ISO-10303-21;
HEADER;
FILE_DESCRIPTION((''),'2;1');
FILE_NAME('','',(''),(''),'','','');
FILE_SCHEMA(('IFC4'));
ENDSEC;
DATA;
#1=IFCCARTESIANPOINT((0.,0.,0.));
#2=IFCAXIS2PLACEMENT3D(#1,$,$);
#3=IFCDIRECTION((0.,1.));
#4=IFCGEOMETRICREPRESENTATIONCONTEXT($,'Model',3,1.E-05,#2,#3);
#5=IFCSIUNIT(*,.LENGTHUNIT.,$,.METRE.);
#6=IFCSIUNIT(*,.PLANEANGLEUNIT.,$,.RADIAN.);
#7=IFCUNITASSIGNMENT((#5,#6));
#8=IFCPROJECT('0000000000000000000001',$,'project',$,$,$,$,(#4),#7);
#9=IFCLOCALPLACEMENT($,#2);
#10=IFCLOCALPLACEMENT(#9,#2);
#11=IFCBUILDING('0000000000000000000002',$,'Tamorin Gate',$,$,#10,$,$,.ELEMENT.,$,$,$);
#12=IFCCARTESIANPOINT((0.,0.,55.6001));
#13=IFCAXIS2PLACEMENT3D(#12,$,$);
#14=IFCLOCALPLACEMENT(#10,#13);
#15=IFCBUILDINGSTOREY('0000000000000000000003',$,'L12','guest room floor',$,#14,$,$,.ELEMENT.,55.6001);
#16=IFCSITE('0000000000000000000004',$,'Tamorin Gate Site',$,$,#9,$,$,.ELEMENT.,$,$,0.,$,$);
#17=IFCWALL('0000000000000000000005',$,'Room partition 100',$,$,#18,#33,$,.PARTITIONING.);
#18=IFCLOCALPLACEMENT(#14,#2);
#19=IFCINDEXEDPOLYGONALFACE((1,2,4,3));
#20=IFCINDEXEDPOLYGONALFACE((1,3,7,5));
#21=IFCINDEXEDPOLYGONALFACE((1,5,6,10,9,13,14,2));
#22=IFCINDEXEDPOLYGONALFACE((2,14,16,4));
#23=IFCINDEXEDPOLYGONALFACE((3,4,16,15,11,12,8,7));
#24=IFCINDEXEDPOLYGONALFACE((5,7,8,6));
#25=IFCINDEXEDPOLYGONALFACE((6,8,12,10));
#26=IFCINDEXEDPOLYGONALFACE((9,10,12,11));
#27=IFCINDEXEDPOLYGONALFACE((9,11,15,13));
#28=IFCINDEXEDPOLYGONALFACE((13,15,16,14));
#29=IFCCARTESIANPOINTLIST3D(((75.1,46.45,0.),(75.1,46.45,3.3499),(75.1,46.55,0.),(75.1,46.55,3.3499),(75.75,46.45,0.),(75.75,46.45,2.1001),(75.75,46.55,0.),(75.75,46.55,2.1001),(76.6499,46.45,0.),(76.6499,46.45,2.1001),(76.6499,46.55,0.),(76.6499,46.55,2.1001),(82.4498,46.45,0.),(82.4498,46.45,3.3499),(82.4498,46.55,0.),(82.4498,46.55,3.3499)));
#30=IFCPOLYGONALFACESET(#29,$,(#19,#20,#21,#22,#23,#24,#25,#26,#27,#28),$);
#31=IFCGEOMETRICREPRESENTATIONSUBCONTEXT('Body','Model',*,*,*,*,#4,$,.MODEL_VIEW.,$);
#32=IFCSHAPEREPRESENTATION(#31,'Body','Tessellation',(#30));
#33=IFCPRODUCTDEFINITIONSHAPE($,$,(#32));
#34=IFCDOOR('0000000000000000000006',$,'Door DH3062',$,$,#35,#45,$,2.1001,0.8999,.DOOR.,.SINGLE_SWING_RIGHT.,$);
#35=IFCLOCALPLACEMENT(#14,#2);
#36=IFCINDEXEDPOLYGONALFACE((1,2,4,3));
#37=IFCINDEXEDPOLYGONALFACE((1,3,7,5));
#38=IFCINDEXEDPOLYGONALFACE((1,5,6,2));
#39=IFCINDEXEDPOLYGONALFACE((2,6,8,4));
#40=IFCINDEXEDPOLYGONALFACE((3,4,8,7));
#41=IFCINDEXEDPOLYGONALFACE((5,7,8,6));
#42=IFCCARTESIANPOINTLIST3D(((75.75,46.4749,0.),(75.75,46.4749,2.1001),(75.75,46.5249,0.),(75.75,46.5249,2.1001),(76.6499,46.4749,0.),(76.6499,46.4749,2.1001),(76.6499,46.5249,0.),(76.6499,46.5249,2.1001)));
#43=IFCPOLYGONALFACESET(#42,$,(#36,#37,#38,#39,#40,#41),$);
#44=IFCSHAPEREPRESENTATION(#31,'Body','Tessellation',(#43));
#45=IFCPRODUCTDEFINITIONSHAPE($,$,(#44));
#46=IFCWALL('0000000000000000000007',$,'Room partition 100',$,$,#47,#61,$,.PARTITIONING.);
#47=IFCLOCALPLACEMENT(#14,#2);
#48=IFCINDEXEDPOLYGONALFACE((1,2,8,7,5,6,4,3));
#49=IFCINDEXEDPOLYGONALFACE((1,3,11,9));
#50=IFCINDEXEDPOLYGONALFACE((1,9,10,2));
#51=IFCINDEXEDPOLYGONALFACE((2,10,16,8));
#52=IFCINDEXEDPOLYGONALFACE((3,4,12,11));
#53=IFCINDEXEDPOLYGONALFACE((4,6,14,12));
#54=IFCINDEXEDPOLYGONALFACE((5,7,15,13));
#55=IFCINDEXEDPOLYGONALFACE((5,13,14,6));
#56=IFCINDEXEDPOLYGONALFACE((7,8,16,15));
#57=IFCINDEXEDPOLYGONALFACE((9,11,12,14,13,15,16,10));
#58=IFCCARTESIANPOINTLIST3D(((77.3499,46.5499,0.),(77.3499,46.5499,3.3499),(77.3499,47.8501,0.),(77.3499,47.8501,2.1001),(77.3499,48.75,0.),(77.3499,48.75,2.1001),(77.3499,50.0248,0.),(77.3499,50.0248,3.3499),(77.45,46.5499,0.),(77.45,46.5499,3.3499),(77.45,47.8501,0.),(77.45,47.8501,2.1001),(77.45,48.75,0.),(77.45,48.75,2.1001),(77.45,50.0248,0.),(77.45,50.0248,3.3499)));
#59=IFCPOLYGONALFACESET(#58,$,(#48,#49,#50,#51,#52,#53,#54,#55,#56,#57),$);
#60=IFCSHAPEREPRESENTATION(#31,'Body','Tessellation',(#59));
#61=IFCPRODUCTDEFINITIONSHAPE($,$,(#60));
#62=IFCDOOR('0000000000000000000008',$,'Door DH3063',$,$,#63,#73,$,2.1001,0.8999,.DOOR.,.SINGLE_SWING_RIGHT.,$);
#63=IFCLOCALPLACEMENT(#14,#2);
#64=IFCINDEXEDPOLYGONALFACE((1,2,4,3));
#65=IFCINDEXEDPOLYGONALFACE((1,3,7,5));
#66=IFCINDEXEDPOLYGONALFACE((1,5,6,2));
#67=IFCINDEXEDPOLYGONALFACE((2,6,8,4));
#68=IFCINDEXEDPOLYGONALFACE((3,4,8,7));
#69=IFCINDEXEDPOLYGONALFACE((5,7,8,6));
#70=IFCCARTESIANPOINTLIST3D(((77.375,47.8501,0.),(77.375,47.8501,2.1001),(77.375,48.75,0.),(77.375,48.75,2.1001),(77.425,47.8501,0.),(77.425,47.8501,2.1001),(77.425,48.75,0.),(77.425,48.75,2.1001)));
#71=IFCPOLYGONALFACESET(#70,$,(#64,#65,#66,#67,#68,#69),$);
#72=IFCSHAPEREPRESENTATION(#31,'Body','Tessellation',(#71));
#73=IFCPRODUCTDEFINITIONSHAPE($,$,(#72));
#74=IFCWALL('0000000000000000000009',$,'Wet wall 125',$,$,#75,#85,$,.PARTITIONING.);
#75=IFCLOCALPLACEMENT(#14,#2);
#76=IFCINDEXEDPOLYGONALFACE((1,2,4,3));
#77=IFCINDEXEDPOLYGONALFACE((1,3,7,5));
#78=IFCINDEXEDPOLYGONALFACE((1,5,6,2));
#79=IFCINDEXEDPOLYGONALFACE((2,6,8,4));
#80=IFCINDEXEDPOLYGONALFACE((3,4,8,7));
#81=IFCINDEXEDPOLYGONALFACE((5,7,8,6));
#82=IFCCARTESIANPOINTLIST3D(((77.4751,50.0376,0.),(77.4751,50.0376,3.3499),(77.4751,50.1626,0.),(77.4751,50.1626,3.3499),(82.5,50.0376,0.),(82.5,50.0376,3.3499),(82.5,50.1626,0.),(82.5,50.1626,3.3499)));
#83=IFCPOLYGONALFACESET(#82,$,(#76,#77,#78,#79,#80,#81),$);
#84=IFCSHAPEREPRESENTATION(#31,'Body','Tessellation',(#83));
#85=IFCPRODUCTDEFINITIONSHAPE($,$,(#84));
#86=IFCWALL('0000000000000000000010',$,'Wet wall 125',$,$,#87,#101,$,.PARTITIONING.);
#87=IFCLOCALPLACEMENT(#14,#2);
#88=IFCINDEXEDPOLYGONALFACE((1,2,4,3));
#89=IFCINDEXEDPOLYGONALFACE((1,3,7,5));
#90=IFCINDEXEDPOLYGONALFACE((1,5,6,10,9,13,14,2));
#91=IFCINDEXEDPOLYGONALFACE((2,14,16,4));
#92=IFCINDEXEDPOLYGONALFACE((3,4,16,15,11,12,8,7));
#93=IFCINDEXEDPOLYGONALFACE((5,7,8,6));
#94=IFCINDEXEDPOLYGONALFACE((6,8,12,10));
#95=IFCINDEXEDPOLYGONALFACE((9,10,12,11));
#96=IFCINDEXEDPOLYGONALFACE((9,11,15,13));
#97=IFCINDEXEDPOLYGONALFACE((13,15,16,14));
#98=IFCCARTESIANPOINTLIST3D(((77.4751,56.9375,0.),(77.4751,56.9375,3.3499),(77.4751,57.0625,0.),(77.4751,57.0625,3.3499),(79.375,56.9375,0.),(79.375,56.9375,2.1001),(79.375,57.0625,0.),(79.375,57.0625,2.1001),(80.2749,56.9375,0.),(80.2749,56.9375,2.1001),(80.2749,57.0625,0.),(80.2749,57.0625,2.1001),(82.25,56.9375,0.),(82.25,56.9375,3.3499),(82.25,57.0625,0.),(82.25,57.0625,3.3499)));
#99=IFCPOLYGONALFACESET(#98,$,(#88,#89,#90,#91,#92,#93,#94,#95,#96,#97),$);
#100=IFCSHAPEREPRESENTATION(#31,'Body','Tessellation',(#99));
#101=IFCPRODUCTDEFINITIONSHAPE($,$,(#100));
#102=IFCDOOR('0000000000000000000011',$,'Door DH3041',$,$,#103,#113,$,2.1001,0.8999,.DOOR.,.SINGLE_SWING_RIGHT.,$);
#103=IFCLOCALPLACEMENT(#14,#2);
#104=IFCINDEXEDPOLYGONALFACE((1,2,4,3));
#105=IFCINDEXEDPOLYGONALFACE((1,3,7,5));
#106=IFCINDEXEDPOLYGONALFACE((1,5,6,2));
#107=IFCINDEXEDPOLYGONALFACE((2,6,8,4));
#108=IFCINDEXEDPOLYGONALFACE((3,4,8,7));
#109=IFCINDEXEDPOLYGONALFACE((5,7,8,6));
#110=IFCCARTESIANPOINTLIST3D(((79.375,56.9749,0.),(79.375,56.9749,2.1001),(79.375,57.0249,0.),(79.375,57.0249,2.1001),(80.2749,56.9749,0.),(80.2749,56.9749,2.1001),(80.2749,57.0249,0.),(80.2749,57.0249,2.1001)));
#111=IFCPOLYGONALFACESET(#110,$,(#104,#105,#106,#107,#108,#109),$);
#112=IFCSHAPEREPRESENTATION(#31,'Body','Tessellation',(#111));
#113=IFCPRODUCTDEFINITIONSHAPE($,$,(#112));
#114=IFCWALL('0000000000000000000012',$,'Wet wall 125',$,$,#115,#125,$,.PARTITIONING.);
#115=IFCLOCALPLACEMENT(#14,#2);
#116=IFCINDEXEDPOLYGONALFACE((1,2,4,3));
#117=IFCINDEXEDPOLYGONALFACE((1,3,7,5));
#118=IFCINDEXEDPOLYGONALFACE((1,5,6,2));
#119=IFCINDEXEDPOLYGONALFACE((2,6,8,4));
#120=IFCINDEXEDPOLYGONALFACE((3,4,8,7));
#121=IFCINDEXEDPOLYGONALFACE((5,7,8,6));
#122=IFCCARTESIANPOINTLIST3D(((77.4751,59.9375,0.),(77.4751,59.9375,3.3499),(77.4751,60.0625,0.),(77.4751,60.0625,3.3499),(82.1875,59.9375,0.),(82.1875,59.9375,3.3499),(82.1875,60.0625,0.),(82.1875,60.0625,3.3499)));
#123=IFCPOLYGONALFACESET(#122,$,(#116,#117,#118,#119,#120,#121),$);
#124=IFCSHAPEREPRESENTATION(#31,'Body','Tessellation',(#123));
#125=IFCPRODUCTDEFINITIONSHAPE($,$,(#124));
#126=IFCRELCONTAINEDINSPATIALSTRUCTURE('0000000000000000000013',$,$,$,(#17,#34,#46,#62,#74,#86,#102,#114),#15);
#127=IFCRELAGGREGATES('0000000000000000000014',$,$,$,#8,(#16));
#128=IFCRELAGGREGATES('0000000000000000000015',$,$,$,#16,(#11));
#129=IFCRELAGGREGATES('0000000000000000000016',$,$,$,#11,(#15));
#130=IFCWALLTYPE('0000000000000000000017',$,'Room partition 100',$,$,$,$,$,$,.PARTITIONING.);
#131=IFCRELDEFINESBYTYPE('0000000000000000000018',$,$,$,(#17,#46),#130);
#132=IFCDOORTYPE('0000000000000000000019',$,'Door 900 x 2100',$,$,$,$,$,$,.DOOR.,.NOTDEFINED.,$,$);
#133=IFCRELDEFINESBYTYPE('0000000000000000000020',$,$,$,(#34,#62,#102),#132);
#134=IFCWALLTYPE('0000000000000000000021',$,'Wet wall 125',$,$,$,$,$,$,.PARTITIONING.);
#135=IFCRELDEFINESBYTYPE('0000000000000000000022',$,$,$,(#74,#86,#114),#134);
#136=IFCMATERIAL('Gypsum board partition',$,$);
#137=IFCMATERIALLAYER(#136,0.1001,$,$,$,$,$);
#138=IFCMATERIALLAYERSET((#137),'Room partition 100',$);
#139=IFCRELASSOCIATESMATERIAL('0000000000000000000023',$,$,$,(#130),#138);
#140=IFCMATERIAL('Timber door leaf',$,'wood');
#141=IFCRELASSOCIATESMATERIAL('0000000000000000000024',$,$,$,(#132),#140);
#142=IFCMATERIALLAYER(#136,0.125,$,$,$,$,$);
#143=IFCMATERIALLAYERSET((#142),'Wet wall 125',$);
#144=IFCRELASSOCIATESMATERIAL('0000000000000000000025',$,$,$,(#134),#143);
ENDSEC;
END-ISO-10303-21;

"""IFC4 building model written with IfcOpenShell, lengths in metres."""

from ifc_helpers import new_model, si_unit, direction, frame, frame_2d, origin, place, context, subcontext, project, spatial, rectangle, extrude, material, layer, layer_set, type_object, element, fill, save


model = new_model("IFC4")

# Units and contexts
model_context = context("Model", 3, precision=1e-05, world=origin(), true_north=direction((0.0, 1.0)))
body_context = subcontext(model_context, "Body", "Model", "MODEL_VIEW")
ifc_project = project(units=[si_unit("LENGTHUNIT", "METRE"), si_unit("PLANEANGLEUNIT", "RADIAN")], contexts=[model_context])

# Site, building, storey
site_placement = place(None, origin())
site = spatial("IfcSite", under=ifc_project, at=site_placement, Name="Tamorin Gate Site", CompositionType="ELEMENT", RefElevation=0.0)
building_placement = place(site_placement, origin())
building = spatial("IfcBuilding", under=site, at=building_placement, Name="Tamorin Gate", CompositionType="ELEMENT")
storey_placement = place(building_placement, frame((0.0, 0.0, 55.6001)))
storey = spatial("IfcBuildingStorey", under=building, at=storey_placement, Name="L12", Description="guest room floor", CompositionType="ELEMENT", Elevation=55.6001)

# Shared definitions
ifc_material_1 = material(Name="Gypsum board partition")
ifc_material_2 = material(Name="Timber door leaf", Category="wood")

# Walls, openings, doors
ifc_layer_1 = layer(ifc_material_1, 0.1001)
ifc_layer_set_1 = layer_set([ifc_layer_1], Name="Room partition 100")
wall_type_1 = type_object("IfcWallType", Name="Room partition 100", PredefinedType="PARTITIONING", material=ifc_layer_set_1)
wall_1_placement = place(storey_placement, frame((75.1001, 46.5, 0.0), z_axis=(0.0, 0.0, 1.0), x_axis=(1.0, 0.0, 0.0)))
wall_1 = element("IfcWall", 1, at=wall_1_placement, inside=storey, type_object=wall_type_1, Name="Room partition 100", PredefinedType="PARTITIONING", context=body_context, shape_type="SweptSolid", body=[
    extrude(rectangle(XDim=7.3499, YDim=0.1001, at=frame_2d((3.6748, 0.0))), origin(), (0.0, 0.0, 1.0), 3.3499),
])
opening_1_placement = place(wall_1_placement, frame((0.6499, 0.0, 0.0)))
opening_1 = element("IfcOpeningElement", 2, at=opening_1_placement, cuts=wall_1, PredefinedType="OPENING", context=body_context, shape_type="SweptSolid", body=[
    extrude(rectangle(XDim=0.8999, YDim=2.1001, at=frame_2d((0.45, 1.05))), frame((0.0, 0.0601, 0.0), z_axis=(0.0, -1.0, 0.0), x_axis=(1.0, 0.0, 0.0)), (0.0, 0.0, 1.0), 0.1201),
])
door_type_1 = type_object("IfcDoorType", Name="Door 900 x 2100", OperationType="NOTDEFINED", PredefinedType="DOOR", material=ifc_material_2)
door_1_placement = place(opening_1_placement, origin())
door_1 = element("IfcDoor", 3, at=door_1_placement, inside=storey, type_object=door_type_1, Name="Door DH3062", OperationType="SINGLE_SWING_RIGHT", OverallHeight=2.1001, OverallWidth=0.8999, PredefinedType="DOOR", context=body_context, shape_type="SweptSolid", body=[
    extrude(rectangle(XDim=0.8999, YDim=2.1001, at=frame_2d((0.45, 1.05))), frame((0.0, 0.0249, 0.0), z_axis=(0.0, -1.0, 0.0), x_axis=(1.0, 0.0, 0.0)), (0.0, 0.0, 1.0), 0.05),
])
fill(opening_1, door_1)
wall_2_placement = place(storey_placement, frame((77.3999, 46.55, 0.0), z_axis=(0.0, 0.0, 1.0), x_axis=(0.0, 1.0, 0.0)))
wall_2 = element("IfcWall", 4, at=wall_2_placement, inside=storey, type_object=wall_type_1, Name="Room partition 100", PredefinedType="PARTITIONING", context=body_context, shape_type="SweptSolid", body=[
    extrude(rectangle(XDim=3.4749, YDim=0.1001, at=frame_2d((1.7373, 0.0))), origin(), (0.0, 0.0, 1.0), 3.3499),
])
opening_2_placement = place(wall_2_placement, frame((1.3, 0.0, 0.0)))
opening_2 = element("IfcOpeningElement", 5, at=opening_2_placement, cuts=wall_2, PredefinedType="OPENING", context=body_context, shape_type="SweptSolid", body=[
    extrude(rectangle(XDim=0.8999, YDim=2.1001, at=frame_2d((0.45, 1.05))), frame((0.0, 0.0601, 0.0), z_axis=(0.0, -1.0, 0.0), x_axis=(1.0, 0.0, 0.0)), (0.0, 0.0, 1.0), 0.1201),
])
door_2_placement = place(opening_2_placement, origin())
door_2 = element("IfcDoor", 6, at=door_2_placement, inside=storey, type_object=door_type_1, Name="Door DH3063", OperationType="SINGLE_SWING_RIGHT", OverallHeight=2.1001, OverallWidth=0.8999, PredefinedType="DOOR", context=body_context, shape_type="SweptSolid", body=[
    extrude(rectangle(XDim=0.8999, YDim=2.1001, at=frame_2d((0.45, 1.05))), frame((0.0, 0.0249, 0.0), z_axis=(0.0, -1.0, 0.0), x_axis=(1.0, 0.0, 0.0)), (0.0, 0.0, 1.0), 0.05),
])
fill(opening_2, door_2)

# Wall
ifc_layer_2 = layer(ifc_material_1, 0.125)
ifc_layer_set_2 = layer_set([ifc_layer_2], Name="Wet wall 125")
wall_type_2 = type_object("IfcWallType", Name="Wet wall 125", PredefinedType="PARTITIONING", material=ifc_layer_set_2)
wall_3_placement = place(storey_placement, frame((77.4751, 50.1001, 0.0), z_axis=(0.0, 0.0, 1.0), x_axis=(1.0, 0.0, 0.0)))
element("IfcWall", 7, at=wall_3_placement, inside=storey, type_object=wall_type_2, Name="Wet wall 125", PredefinedType="PARTITIONING", context=body_context, shape_type="SweptSolid", body=[
    extrude(rectangle(XDim=5.0249, YDim=0.125, at=frame_2d((2.5125, 0.0))), origin(), (0.0, 0.0, 1.0), 3.3499),
])

# Wall, opening, door
wall_4_placement = place(storey_placement, frame((77.4751, 57.0, 0.0), z_axis=(0.0, 0.0, 1.0), x_axis=(1.0, 0.0, 0.0)))
wall_4 = element("IfcWall", 8, at=wall_4_placement, inside=storey, type_object=wall_type_2, Name="Wet wall 125", PredefinedType="PARTITIONING", context=body_context, shape_type="SweptSolid", body=[
    extrude(rectangle(XDim=4.7749, YDim=0.125, at=frame_2d((2.3875, 0.0))), origin(), (0.0, 0.0, 1.0), 3.3499),
])
opening_3_placement = place(wall_4_placement, frame((1.8999, 0.0, 0.0)))
opening_3 = element("IfcOpeningElement", 9, at=opening_3_placement, cuts=wall_4, PredefinedType="OPENING", context=body_context, shape_type="SweptSolid", body=[
    extrude(rectangle(XDim=0.8999, YDim=2.1001, at=frame_2d((0.45, 1.05))), frame((0.0, 0.0725, 0.0), z_axis=(0.0, -1.0, 0.0), x_axis=(1.0, 0.0, 0.0)), (0.0, 0.0, 1.0), 0.145),
])
door_3_placement = place(opening_3_placement, origin())
door_3 = element("IfcDoor", 10, at=door_3_placement, inside=storey, type_object=door_type_1, Name="Door DH3041", OperationType="SINGLE_SWING_RIGHT", OverallHeight=2.1001, OverallWidth=0.8999, PredefinedType="DOOR", context=body_context, shape_type="SweptSolid", body=[
    extrude(rectangle(XDim=0.8999, YDim=2.1001, at=frame_2d((0.45, 1.05))), frame((0.0, 0.0249, 0.0), z_axis=(0.0, -1.0, 0.0), x_axis=(1.0, 0.0, 0.0)), (0.0, 0.0, 1.0), 0.05),
])
fill(opening_3, door_3)

# Wall
wall_5_placement = place(storey_placement, frame((77.4751, 60.0, 0.0), z_axis=(0.0, 0.0, 1.0), x_axis=(1.0, 0.0, 0.0)))
element("IfcWall", 11, at=wall_5_placement, inside=storey, type_object=wall_type_2, Name="Wet wall 125", PredefinedType="PARTITIONING", context=body_context, shape_type="SweptSolid", body=[
    extrude(rectangle(XDim=4.7124, YDim=0.125, at=frame_2d((2.3562, 0.0))), origin(), (0.0, 0.0, 1.0), 3.3499),
])

save(model, "model.ifc")
